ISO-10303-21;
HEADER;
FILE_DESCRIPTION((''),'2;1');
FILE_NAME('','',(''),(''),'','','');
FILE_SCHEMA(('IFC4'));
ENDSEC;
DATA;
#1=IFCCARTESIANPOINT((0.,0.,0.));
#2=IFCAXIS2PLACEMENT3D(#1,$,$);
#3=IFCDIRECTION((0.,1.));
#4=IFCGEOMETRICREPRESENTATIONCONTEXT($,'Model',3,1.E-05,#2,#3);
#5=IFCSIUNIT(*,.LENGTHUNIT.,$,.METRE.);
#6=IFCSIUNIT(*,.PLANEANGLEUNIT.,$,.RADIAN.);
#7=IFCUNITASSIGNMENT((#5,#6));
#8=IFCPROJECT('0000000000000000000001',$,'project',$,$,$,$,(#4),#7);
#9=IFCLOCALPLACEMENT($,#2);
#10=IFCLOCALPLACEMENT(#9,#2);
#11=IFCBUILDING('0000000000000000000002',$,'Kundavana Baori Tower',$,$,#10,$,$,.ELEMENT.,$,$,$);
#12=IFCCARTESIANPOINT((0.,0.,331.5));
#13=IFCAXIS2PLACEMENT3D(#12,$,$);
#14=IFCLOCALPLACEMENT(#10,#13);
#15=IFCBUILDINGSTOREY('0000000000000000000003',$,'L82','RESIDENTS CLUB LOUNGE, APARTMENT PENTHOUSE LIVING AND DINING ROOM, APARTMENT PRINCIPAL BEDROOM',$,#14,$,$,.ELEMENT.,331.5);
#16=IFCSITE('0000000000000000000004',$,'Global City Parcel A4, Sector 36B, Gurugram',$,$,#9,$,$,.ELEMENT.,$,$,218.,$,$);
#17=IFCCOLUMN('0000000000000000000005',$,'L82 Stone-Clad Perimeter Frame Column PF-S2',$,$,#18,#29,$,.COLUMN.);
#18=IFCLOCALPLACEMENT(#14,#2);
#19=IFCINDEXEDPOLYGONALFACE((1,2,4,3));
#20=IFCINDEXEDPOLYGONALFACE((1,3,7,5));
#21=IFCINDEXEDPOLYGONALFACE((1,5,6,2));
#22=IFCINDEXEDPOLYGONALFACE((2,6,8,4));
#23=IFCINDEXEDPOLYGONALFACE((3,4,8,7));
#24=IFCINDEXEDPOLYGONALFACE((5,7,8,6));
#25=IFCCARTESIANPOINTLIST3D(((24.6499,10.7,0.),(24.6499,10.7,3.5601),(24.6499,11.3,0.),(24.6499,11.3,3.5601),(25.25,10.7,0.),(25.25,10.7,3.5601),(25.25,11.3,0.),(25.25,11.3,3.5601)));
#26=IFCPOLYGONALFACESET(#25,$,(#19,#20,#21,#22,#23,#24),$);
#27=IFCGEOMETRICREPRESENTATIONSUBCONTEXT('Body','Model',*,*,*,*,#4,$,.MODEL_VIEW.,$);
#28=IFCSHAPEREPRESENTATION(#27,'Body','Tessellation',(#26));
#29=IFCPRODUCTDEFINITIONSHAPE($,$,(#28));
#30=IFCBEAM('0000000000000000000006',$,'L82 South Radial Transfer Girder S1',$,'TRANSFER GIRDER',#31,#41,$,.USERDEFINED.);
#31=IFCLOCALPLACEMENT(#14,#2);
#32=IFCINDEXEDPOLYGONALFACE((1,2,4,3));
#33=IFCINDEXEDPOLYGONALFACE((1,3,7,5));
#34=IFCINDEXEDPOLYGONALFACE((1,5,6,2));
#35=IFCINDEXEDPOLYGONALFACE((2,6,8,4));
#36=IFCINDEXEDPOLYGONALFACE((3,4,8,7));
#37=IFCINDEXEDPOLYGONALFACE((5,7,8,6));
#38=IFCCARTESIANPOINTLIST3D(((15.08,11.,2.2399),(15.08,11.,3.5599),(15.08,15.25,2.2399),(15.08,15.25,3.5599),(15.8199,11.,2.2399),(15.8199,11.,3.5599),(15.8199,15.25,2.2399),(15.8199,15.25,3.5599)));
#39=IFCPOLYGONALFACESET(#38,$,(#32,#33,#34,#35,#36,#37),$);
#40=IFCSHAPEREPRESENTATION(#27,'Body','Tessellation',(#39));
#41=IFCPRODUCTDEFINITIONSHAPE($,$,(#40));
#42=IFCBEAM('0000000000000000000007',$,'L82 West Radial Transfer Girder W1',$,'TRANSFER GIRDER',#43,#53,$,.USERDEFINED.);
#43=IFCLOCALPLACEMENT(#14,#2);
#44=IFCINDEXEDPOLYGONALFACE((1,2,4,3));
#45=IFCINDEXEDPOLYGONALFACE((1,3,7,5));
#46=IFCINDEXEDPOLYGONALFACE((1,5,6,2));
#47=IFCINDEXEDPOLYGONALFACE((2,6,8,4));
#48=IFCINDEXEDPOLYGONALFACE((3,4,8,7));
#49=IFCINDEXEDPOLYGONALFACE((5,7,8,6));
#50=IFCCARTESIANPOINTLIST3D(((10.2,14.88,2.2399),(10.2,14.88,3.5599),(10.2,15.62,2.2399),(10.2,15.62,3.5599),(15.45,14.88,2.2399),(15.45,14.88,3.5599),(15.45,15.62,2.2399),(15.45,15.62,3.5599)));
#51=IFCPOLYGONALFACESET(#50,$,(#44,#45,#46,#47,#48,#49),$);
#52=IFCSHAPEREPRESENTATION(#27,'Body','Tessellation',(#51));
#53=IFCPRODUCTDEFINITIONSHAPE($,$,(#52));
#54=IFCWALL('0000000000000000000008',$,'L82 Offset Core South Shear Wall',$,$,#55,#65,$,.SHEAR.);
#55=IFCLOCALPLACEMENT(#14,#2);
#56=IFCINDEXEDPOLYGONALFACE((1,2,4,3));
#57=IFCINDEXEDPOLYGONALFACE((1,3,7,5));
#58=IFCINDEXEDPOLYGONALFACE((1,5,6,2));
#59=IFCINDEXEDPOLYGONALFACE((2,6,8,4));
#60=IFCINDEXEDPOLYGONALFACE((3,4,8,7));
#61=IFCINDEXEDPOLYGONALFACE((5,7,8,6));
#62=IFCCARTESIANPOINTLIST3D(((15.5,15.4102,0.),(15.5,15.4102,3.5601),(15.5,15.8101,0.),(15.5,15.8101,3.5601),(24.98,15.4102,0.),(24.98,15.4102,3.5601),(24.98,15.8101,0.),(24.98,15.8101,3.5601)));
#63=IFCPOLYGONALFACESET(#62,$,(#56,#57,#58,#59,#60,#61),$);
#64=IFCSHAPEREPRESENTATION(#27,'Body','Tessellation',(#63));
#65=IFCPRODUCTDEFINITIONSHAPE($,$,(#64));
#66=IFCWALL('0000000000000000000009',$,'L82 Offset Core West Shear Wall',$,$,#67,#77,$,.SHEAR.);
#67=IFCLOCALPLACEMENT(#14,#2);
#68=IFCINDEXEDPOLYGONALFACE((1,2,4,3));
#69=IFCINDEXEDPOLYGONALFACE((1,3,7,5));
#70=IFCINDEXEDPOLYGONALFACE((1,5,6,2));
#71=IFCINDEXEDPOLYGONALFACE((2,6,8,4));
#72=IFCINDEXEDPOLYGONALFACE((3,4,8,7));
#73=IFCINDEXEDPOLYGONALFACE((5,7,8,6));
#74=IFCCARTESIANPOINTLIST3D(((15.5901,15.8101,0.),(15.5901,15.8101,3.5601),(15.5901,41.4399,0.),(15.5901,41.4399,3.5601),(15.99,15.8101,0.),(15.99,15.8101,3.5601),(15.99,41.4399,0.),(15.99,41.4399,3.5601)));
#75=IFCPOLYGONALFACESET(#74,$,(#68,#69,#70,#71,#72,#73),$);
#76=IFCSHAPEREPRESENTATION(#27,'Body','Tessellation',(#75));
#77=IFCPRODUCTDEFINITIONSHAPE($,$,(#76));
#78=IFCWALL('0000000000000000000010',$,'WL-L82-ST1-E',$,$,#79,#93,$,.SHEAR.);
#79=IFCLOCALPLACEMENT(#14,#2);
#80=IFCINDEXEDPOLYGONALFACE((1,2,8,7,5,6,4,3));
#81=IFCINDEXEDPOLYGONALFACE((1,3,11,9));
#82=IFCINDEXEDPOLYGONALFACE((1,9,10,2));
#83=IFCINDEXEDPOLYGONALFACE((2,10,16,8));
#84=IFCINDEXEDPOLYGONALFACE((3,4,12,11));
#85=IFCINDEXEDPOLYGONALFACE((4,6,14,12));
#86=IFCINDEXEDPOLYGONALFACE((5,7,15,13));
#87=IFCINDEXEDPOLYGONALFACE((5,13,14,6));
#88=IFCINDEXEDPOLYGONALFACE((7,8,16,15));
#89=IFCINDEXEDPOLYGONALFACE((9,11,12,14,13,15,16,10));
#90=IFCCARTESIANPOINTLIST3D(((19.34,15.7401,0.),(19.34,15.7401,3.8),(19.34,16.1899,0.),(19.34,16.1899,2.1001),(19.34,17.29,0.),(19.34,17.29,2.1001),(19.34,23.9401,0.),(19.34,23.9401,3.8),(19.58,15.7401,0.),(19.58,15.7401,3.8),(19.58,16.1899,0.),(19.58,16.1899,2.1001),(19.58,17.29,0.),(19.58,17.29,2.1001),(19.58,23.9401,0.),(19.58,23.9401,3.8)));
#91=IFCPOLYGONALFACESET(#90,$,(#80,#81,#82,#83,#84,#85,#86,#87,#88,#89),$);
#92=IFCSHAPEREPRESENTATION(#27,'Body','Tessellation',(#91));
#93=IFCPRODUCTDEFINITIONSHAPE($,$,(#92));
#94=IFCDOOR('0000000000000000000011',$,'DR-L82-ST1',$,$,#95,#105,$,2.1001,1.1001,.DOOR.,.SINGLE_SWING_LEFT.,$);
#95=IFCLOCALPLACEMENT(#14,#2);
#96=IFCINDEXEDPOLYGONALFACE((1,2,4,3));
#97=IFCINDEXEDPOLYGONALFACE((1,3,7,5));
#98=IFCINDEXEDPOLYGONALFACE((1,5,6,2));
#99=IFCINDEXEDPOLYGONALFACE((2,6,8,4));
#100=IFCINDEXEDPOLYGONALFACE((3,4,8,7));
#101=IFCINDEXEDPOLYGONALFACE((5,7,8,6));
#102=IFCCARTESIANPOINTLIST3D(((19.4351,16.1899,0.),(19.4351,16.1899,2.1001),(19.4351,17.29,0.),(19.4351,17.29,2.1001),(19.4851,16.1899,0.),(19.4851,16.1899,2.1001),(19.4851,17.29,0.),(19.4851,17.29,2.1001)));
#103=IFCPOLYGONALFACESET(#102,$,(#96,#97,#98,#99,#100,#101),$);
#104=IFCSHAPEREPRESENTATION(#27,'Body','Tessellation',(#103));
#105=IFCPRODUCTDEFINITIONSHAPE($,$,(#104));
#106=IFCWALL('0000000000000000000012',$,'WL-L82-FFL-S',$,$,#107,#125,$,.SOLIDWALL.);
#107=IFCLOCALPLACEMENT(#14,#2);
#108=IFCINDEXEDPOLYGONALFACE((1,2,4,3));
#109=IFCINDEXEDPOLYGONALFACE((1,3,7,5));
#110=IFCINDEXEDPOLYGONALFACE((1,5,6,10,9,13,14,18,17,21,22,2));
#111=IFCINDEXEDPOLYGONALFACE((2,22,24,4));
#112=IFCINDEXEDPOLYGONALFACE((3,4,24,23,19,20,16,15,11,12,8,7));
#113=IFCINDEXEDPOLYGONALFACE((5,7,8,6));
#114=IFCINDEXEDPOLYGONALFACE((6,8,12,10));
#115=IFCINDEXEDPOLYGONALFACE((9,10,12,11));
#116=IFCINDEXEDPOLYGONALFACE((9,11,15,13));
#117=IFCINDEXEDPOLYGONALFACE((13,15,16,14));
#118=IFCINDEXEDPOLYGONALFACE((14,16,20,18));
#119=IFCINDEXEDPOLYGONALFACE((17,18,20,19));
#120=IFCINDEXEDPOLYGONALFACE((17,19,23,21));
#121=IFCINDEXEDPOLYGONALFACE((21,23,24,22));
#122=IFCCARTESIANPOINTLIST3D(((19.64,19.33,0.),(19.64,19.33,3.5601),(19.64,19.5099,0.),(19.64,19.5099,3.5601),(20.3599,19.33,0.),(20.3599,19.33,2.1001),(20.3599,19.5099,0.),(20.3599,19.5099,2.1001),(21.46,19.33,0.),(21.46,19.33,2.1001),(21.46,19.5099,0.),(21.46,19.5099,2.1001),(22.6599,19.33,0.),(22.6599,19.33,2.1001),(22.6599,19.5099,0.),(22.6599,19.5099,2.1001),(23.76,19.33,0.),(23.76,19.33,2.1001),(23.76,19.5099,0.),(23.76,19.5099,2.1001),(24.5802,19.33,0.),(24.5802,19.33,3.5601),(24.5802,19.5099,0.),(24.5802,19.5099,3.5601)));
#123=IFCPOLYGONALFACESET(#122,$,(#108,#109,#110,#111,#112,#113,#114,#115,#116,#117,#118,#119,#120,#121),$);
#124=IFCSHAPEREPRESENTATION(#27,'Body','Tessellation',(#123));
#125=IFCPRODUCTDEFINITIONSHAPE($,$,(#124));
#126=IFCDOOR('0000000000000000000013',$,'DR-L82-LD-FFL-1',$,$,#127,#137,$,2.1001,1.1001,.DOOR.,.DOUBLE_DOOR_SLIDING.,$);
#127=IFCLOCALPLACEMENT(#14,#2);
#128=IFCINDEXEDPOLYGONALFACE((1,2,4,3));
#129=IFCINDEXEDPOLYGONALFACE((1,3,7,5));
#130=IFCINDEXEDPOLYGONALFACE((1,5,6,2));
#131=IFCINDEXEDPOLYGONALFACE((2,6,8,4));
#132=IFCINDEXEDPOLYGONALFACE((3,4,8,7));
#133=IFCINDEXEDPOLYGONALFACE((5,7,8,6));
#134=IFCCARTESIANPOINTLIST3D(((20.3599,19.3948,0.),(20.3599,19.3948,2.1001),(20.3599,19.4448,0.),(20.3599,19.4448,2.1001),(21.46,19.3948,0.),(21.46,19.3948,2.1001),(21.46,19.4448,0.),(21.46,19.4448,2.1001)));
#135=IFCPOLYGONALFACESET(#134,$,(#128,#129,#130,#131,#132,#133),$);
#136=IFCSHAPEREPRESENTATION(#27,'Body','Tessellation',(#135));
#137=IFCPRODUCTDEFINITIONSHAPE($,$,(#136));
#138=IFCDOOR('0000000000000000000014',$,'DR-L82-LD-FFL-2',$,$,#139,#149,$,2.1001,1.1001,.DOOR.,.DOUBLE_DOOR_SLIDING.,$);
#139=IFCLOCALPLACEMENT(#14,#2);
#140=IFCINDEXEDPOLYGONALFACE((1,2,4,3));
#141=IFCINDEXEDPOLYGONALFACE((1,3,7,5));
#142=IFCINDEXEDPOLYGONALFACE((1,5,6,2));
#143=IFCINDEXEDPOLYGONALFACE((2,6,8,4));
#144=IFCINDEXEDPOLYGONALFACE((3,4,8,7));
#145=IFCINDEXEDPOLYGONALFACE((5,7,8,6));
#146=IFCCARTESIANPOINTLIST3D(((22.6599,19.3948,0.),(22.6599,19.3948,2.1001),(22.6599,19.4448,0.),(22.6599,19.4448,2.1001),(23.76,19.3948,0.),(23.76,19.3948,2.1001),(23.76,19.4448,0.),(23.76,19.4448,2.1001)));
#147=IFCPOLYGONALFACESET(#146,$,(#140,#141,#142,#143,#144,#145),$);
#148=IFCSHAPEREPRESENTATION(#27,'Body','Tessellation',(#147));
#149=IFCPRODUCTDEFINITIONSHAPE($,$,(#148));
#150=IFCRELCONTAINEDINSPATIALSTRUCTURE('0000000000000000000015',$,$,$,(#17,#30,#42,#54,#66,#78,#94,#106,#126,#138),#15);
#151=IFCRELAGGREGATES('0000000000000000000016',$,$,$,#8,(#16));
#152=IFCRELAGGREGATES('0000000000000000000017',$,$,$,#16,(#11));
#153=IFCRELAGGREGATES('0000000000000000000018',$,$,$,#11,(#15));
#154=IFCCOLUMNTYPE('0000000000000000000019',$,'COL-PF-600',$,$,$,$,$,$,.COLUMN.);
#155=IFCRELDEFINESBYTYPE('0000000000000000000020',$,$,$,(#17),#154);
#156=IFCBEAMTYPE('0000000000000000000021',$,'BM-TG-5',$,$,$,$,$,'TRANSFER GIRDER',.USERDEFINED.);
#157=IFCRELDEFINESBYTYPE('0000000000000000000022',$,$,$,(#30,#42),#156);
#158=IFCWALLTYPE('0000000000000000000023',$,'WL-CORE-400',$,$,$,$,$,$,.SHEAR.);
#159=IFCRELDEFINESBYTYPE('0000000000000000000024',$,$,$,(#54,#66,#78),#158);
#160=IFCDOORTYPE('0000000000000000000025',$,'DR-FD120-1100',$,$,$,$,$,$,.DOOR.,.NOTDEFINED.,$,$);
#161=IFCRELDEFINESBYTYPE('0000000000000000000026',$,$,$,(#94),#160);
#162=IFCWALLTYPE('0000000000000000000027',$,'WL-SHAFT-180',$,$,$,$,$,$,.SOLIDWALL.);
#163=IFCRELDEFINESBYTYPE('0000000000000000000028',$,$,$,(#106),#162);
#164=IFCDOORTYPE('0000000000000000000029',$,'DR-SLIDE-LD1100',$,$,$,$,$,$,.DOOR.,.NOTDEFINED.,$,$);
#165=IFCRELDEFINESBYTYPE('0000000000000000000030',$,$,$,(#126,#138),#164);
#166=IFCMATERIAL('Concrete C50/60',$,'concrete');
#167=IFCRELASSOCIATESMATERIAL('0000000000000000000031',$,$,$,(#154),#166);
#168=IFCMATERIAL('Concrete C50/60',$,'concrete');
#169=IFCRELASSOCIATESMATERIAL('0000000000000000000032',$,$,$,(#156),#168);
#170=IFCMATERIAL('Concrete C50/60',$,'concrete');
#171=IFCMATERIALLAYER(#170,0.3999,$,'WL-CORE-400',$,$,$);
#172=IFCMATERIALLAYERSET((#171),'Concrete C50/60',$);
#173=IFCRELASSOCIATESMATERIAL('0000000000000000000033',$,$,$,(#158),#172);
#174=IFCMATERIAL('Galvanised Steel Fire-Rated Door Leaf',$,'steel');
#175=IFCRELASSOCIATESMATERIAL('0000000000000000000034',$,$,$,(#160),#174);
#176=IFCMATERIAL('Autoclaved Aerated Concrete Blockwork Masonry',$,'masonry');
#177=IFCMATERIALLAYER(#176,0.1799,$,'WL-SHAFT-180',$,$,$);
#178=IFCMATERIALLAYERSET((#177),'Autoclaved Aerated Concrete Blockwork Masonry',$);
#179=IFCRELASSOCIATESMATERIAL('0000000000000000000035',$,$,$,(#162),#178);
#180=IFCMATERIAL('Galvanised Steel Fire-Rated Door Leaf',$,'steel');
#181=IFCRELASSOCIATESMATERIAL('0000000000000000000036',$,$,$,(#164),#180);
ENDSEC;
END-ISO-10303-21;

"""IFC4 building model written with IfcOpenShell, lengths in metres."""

from ifc_helpers import new_model, si_unit, direction, frame, frame_2d, origin, origin_2d, place, context, subcontext, project, spatial, rectangle, extrude, material, layer, layer_set, material_profile, profile_set, type_object, element, fill, save


model = new_model("IFC4")

# Units and contexts
model_context = context("Model", 3, precision=1e-05, world=origin(), true_north=direction((0.0, 1.0)))
body_context = subcontext(model_context, "Body", "Model", "MODEL_VIEW")
ifc_project = project(units=[si_unit("LENGTHUNIT", "METRE"), si_unit("PLANEANGLEUNIT", "RADIAN")], contexts=[model_context])

# Site, building, storey
site_placement = place(None, origin())
site = spatial("IfcSite", under=ifc_project, at=site_placement, Name="Global City Parcel A4, Sector 36B, Gurugram", CompositionType="ELEMENT", RefElevation=218.0)
building_placement = place(site_placement, origin())
building = spatial("IfcBuilding", under=site, at=building_placement, Name="Kundavana Baori Tower", CompositionType="ELEMENT")
storey_placement = place(building_placement, frame((0.0, 0.0, 331.5)))
storey = spatial("IfcBuildingStorey", under=building, at=storey_placement, Name="L82", Description="RESIDENTS CLUB LOUNGE, APARTMENT PENTHOUSE LIVING AND DINING ROOM, APARTMENT PRINCIPAL BEDROOM", CompositionType="ELEMENT", Elevation=331.5)

# Column
ifc_material_1 = material(Name="Concrete C50/60", Category="concrete")
ifc_material_profile_1 = material_profile(ifc_material_1, rectangle(XDim=0.6001, YDim=0.6001, at=origin_2d()), Name="RC PF 600x600")
ifc_profile_set_1 = profile_set([ifc_material_profile_1], Name="Concrete C50/60")
column_type = type_object("IfcColumnType", Name="COL-PF-600", PredefinedType="COLUMN", material=ifc_profile_set_1)
column_placement = place(storey_placement, frame((24.95, 11.0, 0.0), z_axis=(0.0, 0.0, 1.0), x_axis=(1.0, 0.0, 0.0)))
element("IfcColumn", 1, at=column_placement, inside=storey, type_object=column_type, Name="L82 Stone-Clad Perimeter Frame Column PF-S2", PredefinedType="COLUMN", context=body_context, shape_type="SweptSolid", body=[
    extrude(rectangle(XDim=0.6001, YDim=0.6001, at=origin_2d()), origin(), (0.0, 0.0, 1.0), 3.5601),
])

# Beams
ifc_material_2 = material(Name="Concrete C50/60", Category="concrete")
ifc_material_profile_2 = material_profile(ifc_material_2, rectangle(XDim=0.74, YDim=1.3201, at=origin_2d()), Name="BM-TG-5")
ifc_profile_set_2 = profile_set([ifc_material_profile_2], Name="Concrete C50/60")
beam_type = type_object("IfcBeamType", Name="BM-TG-5", ElementType="TRANSFER GIRDER", PredefinedType="USERDEFINED", material=ifc_profile_set_2)
beam_1_placement = place(storey_placement, frame((15.45, 15.25, 2.8999), z_axis=(0.0, -1.0, 0.0), x_axis=(1.0, 0.0, 0.0)))
element("IfcBeam", 2, at=beam_1_placement, inside=storey, type_object=beam_type, Name="L82 South Radial Transfer Girder S1", ObjectType="TRANSFER GIRDER", PredefinedType="USERDEFINED", context=body_context, shape_type="SweptSolid", body=[
    extrude(rectangle(XDim=0.74, YDim=1.3201, at=origin_2d()), origin(), (0.0, 0.0, 1.0), 4.25),
])
beam_2_placement = place(storey_placement, frame((15.45, 15.25, 2.8999), z_axis=(-1.0, 0.0, 0.0), x_axis=(0.0, -1.0, 0.0)))
element("IfcBeam", 3, at=beam_2_placement, inside=storey, type_object=beam_type, Name="L82 West Radial Transfer Girder W1", ObjectType="TRANSFER GIRDER", PredefinedType="USERDEFINED", context=body_context, shape_type="SweptSolid", body=[
    extrude(rectangle(XDim=0.74, YDim=1.3201, at=origin_2d()), origin(), (0.0, 0.0, 1.0), 5.25),
])

# Walls
ifc_material_3 = material(Name="Concrete C50/60", Category="concrete")
ifc_layer_1 = layer(ifc_material_3, 0.3999, Name="WL-CORE-400")
ifc_layer_set_1 = layer_set([ifc_layer_1], Name="Concrete C50/60")
wall_type_1 = type_object("IfcWallType", Name="WL-CORE-400", PredefinedType="SHEAR", material=ifc_layer_set_1)
wall_1_placement = place(storey_placement, frame((15.5, 15.6101, 0.0), z_axis=(0.0, 0.0, 1.0), x_axis=(1.0, 0.0, 0.0)))
element("IfcWall", 4, at=wall_1_placement, inside=storey, type_object=wall_type_1, Name="L82 Offset Core South Shear Wall", PredefinedType="SHEAR", context=body_context, shape_type="SweptSolid", body=[
    extrude(rectangle(XDim=9.48, YDim=0.3999, at=frame_2d((4.74, 0.0))), origin(), (0.0, 0.0, 1.0), 3.5601),
])
wall_2_placement = place(storey_placement, frame((15.79, 15.8101, 0.0), z_axis=(0.0, 0.0, 1.0), x_axis=(0.0, 1.0, 0.0)))
element("IfcWall", 5, at=wall_2_placement, inside=storey, type_object=wall_type_1, Name="L82 Offset Core West Shear Wall", PredefinedType="SHEAR", context=body_context, shape_type="SweptSolid", body=[
    extrude(rectangle(XDim=25.6299, YDim=0.3999, at=frame_2d((12.8149, 0.0))), origin(), (0.0, 0.0, 1.0), 3.5601),
])

# Wall, opening, door
wall_3_placement = place(storey_placement, frame((19.46, 15.74, 0.0), z_axis=(0.0, 0.0, 1.0), x_axis=(0.0, 1.0, 0.0)))
wall_3 = element("IfcWall", 6, at=wall_3_placement, inside=storey, type_object=wall_type_1, Name="WL-L82-ST1-E", PredefinedType="SHEAR", context=body_context, shape_type="SweptSolid", body=[
    extrude(rectangle(XDim=8.2, YDim=0.24, at=frame_2d((4.1001, 0.0))), origin(), (0.0, 0.0, 1.0), 3.8),
])
opening_1_placement = place(wall_3_placement, frame((0.45, 0.0, 0.0)))
opening_1 = element("IfcOpeningElement", 7, at=opening_1_placement, cuts=wall_3, PredefinedType="OPENING", context=body_context, shape_type="SweptSolid", body=[
    extrude(rectangle(XDim=1.1001, YDim=2.1001, at=frame_2d((0.55, 1.05))), frame((0.0, 0.1299, 0.0), z_axis=(0.0, -1.0, 0.0), x_axis=(1.0, 0.0, 0.0)), (0.0, 0.0, 1.0), 0.26),
])
ifc_material_4 = material(Name="Galvanised Steel Fire-Rated Door Leaf", Category="steel")
door_type_1 = type_object("IfcDoorType", Name="DR-FD120-1100", OperationType="NOTDEFINED", PredefinedType="DOOR", material=ifc_material_4)
door_1_placement = place(opening_1_placement, origin())
door_1 = element("IfcDoor", 8, at=door_1_placement, inside=storey, type_object=door_type_1, Name="DR-L82-ST1", OperationType="SINGLE_SWING_LEFT", OverallHeight=2.1001, OverallWidth=1.1001, PredefinedType="DOOR", context=body_context, shape_type="SweptSolid", body=[
    extrude(rectangle(XDim=1.1001, YDim=2.1001, at=frame_2d((0.55, 1.05))), frame((0.0, 0.0249, 0.0), z_axis=(0.0, -1.0, 0.0), x_axis=(1.0, 0.0, 0.0)), (0.0, 0.0, 1.0), 0.05),
])
fill(opening_1, door_1)

# Wall, openings, doors
ifc_material_5 = material(Name="Autoclaved Aerated Concrete Blockwork Masonry", Category="masonry")
ifc_layer_2 = layer(ifc_material_5, 0.1799, Name="WL-SHAFT-180")
ifc_layer_set_2 = layer_set([ifc_layer_2], Name="Autoclaved Aerated Concrete Blockwork Masonry")
wall_type_2 = type_object("IfcWallType", Name="WL-SHAFT-180", PredefinedType="SOLIDWALL", material=ifc_layer_set_2)
wall_4_placement = place(storey_placement, frame((19.6399, 19.4199, 0.0), z_axis=(0.0, 0.0, 1.0), x_axis=(1.0, 0.0, 0.0)))
wall_4 = element("IfcWall", 9, at=wall_4_placement, inside=storey, type_object=wall_type_2, Name="WL-L82-FFL-S", PredefinedType="SOLIDWALL", context=body_context, shape_type="SweptSolid", body=[
    extrude(rectangle(XDim=4.9402, YDim=0.1799, at=frame_2d((2.4702, 0.0))), origin(), (0.0, 0.0, 1.0), 3.5601),
])
opening_2_placement = place(wall_4_placement, frame((0.72, 0.0, 0.0)))
opening_2 = element("IfcOpeningElement", 10, at=opening_2_placement, cuts=wall_4, PredefinedType="OPENING", context=body_context, shape_type="SweptSolid", body=[
    extrude(rectangle(XDim=1.1001, YDim=2.1001, at=frame_2d((0.55, 1.05))), frame((0.0, 0.1001, 0.0), z_axis=(0.0, -1.0, 0.0), x_axis=(1.0, 0.0, 0.0)), (0.0, 0.0, 1.0), 0.2),
])
opening_3_placement = place(wall_4_placement, frame((3.02, 0.0, 0.0)))
opening_3 = element("IfcOpeningElement", 11, at=opening_3_placement, cuts=wall_4, PredefinedType="OPENING", context=body_context, shape_type="SweptSolid", body=[
    extrude(rectangle(XDim=1.1001, YDim=2.1001, at=frame_2d((0.55, 1.05))), frame((0.0, 0.1001, 0.0), z_axis=(0.0, -1.0, 0.0), x_axis=(1.0, 0.0, 0.0)), (0.0, 0.0, 1.0), 0.2),
])
ifc_material_6 = material(Name="Galvanised Steel Fire-Rated Door Leaf", Category="steel")
door_type_2 = type_object("IfcDoorType", Name="DR-SLIDE-LD1100", OperationType="NOTDEFINED", PredefinedType="DOOR", material=ifc_material_6)
door_2_placement = place(opening_2_placement, origin())
door_2 = element("IfcDoor", 12, at=door_2_placement, inside=storey, type_object=door_type_2, Name="DR-L82-LD-FFL-1", OperationType="DOUBLE_DOOR_SLIDING", OverallHeight=2.1001, OverallWidth=1.1001, PredefinedType="DOOR", context=body_context, shape_type="SweptSolid", body=[
    extrude(rectangle(XDim=1.1001, YDim=2.1001, at=frame_2d((0.55, 1.05))), frame((0.0, 0.0249, 0.0), z_axis=(0.0, -1.0, 0.0), x_axis=(1.0, 0.0, 0.0)), (0.0, 0.0, 1.0), 0.05),
])
fill(opening_2, door_2)
door_3_placement = place(opening_3_placement, origin())
door_3 = element("IfcDoor", 13, at=door_3_placement, inside=storey, type_object=door_type_2, Name="DR-L82-LD-FFL-2", OperationType="DOUBLE_DOOR_SLIDING", OverallHeight=2.1001, OverallWidth=1.1001, PredefinedType="DOOR", context=body_context, shape_type="SweptSolid", body=[
    extrude(rectangle(XDim=1.1001, YDim=2.1001, at=frame_2d((0.55, 1.05))), frame((0.0, 0.0249, 0.0), z_axis=(0.0, -1.0, 0.0), x_axis=(1.0, 0.0, 0.0)), (0.0, 0.0, 1.0), 0.05),
])
fill(opening_3, door_3)

save(model, "model.ifc")
